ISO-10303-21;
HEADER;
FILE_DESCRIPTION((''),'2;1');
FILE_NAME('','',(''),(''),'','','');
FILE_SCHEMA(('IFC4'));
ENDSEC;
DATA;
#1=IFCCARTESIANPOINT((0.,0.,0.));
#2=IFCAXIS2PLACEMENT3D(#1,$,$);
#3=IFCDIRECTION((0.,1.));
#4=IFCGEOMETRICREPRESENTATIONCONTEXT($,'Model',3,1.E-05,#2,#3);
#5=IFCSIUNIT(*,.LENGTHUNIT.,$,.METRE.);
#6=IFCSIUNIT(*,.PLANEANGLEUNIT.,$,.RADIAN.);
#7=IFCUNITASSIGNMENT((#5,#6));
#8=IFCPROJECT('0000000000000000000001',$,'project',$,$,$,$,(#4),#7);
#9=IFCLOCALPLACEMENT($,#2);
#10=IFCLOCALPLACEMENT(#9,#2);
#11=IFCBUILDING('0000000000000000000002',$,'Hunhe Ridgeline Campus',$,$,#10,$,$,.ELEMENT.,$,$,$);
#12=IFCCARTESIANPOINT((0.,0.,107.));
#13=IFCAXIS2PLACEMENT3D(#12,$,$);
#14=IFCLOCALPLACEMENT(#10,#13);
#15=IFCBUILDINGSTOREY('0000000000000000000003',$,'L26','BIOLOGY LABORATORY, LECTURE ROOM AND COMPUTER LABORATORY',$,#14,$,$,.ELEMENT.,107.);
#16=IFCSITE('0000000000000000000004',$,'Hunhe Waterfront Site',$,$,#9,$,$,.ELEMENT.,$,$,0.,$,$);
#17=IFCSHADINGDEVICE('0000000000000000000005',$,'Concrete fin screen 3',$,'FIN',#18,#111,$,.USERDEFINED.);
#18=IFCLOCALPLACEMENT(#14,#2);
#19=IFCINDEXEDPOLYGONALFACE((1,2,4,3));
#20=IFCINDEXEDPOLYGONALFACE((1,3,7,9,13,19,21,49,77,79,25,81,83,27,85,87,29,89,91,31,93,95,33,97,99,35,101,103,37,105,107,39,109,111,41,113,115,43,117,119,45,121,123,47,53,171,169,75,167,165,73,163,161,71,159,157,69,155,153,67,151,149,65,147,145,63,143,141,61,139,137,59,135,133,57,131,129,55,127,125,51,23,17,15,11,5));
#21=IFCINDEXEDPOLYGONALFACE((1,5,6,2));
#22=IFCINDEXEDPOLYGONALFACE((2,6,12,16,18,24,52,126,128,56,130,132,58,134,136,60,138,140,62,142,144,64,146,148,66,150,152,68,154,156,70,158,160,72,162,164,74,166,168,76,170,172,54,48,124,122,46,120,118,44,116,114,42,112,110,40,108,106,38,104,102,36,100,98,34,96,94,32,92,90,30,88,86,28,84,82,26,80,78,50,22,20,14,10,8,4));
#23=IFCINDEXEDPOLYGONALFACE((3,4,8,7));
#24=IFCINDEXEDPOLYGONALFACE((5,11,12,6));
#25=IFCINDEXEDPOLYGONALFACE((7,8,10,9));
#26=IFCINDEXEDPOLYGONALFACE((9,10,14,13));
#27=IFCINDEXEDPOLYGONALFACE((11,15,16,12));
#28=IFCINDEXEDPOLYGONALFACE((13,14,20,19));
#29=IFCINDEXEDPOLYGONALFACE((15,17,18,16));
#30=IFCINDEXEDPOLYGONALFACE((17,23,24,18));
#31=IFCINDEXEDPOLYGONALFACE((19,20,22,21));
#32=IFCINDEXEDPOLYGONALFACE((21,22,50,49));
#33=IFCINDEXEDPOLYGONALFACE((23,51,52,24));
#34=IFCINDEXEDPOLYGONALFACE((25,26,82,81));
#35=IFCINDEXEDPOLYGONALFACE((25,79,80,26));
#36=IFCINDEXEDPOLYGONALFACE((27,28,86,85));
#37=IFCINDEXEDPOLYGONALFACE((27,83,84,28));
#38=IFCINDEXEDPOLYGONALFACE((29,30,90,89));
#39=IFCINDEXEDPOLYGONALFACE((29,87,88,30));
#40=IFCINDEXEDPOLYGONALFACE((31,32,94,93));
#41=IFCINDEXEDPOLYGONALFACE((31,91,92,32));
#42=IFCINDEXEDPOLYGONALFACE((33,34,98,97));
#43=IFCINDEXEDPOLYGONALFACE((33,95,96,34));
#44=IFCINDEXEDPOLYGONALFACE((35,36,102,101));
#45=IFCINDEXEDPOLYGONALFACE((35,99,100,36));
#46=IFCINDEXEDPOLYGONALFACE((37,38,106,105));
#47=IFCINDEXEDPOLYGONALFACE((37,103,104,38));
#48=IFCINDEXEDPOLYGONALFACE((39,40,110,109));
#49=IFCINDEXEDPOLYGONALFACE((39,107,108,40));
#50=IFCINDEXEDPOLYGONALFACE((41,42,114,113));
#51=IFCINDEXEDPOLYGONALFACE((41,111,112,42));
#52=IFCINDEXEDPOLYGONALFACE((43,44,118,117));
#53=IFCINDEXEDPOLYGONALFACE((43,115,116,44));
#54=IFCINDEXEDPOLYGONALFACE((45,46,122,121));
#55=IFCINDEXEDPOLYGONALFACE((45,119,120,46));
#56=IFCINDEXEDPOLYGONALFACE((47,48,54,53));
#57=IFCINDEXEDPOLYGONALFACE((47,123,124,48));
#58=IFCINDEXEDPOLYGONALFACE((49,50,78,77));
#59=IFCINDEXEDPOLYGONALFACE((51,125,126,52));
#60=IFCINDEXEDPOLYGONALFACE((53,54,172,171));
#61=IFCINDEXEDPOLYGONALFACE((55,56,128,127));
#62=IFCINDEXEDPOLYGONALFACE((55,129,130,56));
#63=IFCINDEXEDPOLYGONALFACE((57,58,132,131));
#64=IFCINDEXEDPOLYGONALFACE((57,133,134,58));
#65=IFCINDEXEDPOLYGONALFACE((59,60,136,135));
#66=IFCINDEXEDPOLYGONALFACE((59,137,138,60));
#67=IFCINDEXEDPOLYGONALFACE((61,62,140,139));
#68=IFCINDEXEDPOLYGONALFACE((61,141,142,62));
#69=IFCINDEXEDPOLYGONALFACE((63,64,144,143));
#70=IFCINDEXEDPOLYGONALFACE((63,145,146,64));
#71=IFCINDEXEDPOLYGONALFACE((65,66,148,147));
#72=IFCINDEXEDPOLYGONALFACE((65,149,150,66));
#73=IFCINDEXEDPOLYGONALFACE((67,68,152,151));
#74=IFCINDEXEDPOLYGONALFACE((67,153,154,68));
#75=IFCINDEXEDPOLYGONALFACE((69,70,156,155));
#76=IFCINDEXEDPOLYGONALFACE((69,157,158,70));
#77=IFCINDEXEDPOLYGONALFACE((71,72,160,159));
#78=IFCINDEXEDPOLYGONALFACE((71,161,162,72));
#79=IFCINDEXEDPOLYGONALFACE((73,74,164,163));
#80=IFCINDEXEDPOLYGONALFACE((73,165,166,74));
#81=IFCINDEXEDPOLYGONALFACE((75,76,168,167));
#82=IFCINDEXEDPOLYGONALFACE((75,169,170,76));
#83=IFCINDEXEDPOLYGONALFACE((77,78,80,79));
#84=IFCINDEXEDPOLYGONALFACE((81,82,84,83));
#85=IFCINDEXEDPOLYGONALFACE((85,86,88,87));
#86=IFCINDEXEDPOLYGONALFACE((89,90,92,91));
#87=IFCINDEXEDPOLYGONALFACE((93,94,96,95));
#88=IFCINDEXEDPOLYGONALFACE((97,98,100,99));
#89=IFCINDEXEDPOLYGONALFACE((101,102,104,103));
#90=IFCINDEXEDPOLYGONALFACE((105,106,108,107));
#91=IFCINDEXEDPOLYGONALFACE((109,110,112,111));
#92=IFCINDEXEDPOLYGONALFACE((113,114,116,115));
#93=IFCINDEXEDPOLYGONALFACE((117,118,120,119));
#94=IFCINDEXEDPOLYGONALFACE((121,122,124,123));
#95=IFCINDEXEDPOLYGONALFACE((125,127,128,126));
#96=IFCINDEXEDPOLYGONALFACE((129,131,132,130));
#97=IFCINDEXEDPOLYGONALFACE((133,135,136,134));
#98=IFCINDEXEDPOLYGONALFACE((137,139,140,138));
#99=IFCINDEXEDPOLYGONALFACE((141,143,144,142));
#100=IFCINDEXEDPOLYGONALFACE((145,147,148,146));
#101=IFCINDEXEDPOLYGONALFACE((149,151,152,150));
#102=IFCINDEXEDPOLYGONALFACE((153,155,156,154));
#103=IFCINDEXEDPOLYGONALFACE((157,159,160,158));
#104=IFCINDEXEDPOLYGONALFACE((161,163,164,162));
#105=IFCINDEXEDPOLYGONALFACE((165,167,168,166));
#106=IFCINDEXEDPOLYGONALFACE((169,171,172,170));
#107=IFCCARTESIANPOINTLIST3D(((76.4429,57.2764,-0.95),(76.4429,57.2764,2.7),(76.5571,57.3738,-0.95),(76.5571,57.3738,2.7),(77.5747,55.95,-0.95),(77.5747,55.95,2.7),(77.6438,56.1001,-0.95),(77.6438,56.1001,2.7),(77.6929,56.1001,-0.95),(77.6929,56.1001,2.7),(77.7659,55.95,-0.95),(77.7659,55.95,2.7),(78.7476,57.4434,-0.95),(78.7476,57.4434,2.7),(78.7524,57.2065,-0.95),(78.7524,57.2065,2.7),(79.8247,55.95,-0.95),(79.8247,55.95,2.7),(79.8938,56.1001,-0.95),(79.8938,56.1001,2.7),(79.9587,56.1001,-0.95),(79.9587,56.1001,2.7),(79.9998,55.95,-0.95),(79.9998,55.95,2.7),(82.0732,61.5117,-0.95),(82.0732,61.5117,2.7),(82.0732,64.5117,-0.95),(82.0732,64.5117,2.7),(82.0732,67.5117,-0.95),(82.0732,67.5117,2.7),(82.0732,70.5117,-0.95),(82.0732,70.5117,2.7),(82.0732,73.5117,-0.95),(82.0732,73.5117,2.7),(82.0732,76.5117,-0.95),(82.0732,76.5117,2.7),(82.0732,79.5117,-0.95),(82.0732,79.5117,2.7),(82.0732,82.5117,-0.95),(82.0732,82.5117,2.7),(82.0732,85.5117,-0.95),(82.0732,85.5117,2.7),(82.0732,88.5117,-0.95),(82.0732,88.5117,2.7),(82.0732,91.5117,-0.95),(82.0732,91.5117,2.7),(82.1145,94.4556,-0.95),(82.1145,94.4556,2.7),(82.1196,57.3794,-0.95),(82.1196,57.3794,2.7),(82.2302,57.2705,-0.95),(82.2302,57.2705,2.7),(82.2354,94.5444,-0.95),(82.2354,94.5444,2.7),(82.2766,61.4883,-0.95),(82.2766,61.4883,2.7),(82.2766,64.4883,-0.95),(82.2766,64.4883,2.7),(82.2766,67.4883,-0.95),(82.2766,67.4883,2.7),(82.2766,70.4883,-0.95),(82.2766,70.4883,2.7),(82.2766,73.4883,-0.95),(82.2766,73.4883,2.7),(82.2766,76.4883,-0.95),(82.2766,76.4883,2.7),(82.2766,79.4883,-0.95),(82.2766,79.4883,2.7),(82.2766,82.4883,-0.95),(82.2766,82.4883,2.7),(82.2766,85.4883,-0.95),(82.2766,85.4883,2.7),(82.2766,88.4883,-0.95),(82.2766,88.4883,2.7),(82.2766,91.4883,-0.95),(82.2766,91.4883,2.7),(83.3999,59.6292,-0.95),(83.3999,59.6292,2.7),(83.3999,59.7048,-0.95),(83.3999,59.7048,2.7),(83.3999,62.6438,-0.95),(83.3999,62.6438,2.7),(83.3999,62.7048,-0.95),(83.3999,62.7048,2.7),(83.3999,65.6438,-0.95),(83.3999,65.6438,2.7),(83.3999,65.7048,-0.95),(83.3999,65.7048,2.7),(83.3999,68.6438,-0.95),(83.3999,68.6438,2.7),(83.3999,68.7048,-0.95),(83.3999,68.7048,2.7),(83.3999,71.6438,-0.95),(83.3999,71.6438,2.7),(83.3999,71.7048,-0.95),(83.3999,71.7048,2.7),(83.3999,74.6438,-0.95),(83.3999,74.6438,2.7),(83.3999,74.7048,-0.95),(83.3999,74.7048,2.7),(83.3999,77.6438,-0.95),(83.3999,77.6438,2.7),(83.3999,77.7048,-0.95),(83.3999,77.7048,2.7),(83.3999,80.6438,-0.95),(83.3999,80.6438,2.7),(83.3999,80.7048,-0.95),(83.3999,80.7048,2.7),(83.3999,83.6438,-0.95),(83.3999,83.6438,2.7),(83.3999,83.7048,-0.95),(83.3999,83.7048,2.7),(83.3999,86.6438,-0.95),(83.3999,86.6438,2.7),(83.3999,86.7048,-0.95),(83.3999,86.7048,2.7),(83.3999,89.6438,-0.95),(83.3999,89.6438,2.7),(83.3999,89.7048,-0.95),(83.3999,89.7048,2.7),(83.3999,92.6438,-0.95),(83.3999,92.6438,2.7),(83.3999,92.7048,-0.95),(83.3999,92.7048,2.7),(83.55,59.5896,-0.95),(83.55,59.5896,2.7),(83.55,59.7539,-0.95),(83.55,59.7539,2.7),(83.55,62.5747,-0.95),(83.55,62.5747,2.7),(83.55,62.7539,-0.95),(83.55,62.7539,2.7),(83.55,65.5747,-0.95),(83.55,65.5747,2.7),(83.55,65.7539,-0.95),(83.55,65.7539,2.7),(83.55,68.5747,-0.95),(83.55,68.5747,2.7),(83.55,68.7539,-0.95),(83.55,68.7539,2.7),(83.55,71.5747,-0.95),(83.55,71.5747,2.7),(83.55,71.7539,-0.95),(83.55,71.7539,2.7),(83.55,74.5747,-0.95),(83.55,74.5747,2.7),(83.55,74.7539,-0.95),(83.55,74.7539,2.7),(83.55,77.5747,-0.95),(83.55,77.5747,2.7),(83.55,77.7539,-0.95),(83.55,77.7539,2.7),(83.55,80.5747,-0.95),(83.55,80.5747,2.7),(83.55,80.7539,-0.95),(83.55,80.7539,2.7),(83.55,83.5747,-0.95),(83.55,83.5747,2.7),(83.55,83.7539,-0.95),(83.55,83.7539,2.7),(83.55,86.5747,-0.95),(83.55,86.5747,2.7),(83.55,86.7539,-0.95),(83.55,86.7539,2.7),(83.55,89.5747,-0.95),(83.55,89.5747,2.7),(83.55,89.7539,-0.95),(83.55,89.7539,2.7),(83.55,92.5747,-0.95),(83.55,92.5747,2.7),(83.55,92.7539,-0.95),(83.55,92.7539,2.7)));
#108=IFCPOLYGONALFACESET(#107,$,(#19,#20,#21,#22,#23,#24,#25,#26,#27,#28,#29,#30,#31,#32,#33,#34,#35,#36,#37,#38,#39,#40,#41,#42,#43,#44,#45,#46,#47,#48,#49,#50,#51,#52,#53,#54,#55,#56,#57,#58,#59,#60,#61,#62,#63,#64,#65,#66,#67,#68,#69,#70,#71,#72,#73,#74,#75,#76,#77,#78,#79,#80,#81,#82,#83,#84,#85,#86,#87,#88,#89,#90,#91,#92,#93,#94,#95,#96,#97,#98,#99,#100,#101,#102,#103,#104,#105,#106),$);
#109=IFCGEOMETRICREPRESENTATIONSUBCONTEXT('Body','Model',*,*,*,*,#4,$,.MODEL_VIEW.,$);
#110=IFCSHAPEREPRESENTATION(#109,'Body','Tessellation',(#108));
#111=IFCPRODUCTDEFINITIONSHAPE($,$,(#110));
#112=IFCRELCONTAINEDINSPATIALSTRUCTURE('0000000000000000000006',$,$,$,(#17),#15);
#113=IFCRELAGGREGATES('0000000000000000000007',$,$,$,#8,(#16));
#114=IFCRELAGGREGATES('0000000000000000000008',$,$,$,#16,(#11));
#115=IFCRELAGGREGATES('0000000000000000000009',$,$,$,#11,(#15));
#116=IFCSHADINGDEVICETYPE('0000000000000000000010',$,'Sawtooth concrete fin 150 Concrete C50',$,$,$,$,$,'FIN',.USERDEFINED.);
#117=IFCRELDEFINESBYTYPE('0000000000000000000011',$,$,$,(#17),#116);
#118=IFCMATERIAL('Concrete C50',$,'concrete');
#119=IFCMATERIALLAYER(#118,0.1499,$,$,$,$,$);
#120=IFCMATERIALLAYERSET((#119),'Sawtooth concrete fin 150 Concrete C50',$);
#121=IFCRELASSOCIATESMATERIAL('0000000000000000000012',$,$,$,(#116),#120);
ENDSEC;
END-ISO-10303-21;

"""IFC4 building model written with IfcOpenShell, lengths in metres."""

from ifc_helpers import new_model, si_unit, direction, frame, origin, place, context, subcontext, project, spatial, polyline, outline, extrude, material, layer, layer_set, type_object, element, save


model = new_model("IFC4")

# Units and contexts
model_context = context("Model", 3, precision=1e-05, world=origin(), true_north=direction((0.0, 1.0)))
body_context = subcontext(model_context, "Body", "Model", "MODEL_VIEW")
ifc_project = project(units=[si_unit("LENGTHUNIT", "METRE"), si_unit("PLANEANGLEUNIT", "RADIAN")], contexts=[model_context])

# Site, building, storey
site_placement = place(None, origin())
site = spatial("IfcSite", under=ifc_project, at=site_placement, Name="Hunhe Waterfront Site", CompositionType="ELEMENT", RefElevation=0.0)
building_placement = place(site_placement, origin())
building = spatial("IfcBuilding", under=site, at=building_placement, Name="Hunhe Ridgeline Campus", CompositionType="ELEMENT")
storey_placement = place(building_placement, frame((0.0, 0.0, 107.0)))
storey = spatial("IfcBuildingStorey", under=building, at=storey_placement, Name="L26", Description="BIOLOGY LABORATORY, LECTURE ROOM AND COMPUTER LABORATORY", CompositionType="ELEMENT", Elevation=107.0)

# Shading device
ifc_material_1 = material(Name="Concrete C50", Category="concrete")
ifc_layer_1 = layer(ifc_material_1, 0.1499)
ifc_layer_set_1 = layer_set([ifc_layer_1], Name="Sawtooth concrete fin 150 Concrete C50")
shading_device_type = type_object("IfcShadingDeviceType", Name="Sawtooth concrete fin 150 Concrete C50", ElementType="FIN", PredefinedType="USERDEFINED", material=ifc_layer_set_1)
shading_device_1_placement = place(storey_placement, frame((0.0, 0.0, -0.95)))
element("IfcShadingDevice", 1, at=shading_device_1_placement, inside=storey, type_object=shading_device_type, Name="Concrete fin screen 3", ObjectType="FIN", PredefinedType="USERDEFINED", context=body_context, shape_type="SweptSolid", body=[
    extrude(outline(polyline([(76.5571, 57.3738), (76.4429, 57.2764), (77.5747, 55.95), (77.7659, 55.95), (78.7524, 57.2065), (79.8247, 55.95), (79.9998, 55.95), (82.2302, 57.2705), (83.55, 59.5896), (83.55, 59.7539), (82.2766, 61.4883), (83.55, 62.5747), (83.55, 62.7539), (82.2766, 64.4883), (83.55, 65.5747), (83.55, 65.7539), (82.2766, 67.4883), (83.55, 68.5747), (83.55, 68.7539), (82.2766, 70.4883), (83.55, 71.5747), (83.55, 71.7539), (82.2766, 73.4883), (83.55, 74.5747), (83.55, 74.7539), (82.2766, 76.4883), (83.55, 77.5747), (83.55, 77.7539), (82.2766, 79.4883), (83.55, 80.5747), (83.55, 80.7539), (82.2766, 82.4883), (83.55, 83.5747), (83.55, 83.7539), (82.2766, 85.4883), (83.55, 86.5747), (83.55, 86.7539), (82.2766, 88.4883), (83.55, 89.5747), (83.55, 89.7539), (82.2766, 91.4883), (83.55, 92.5747), (83.55, 92.7539), (82.2354, 94.5444), (82.1145, 94.4556), (83.3999, 92.7048), (83.3999, 92.6438), (82.0732, 91.5117), (83.3999, 89.7048), (83.3999, 89.6438), (82.0732, 88.5117), (83.3999, 86.7048), (83.3999, 86.6438), (82.0732, 85.5117), (83.3999, 83.7048), (83.3999, 83.6438), (82.0732, 82.5117), (83.3999, 80.7048), (83.3999, 80.6438), (82.0732, 79.5117), (83.3999, 77.7048), (83.3999, 77.6438), (82.0732, 76.5117), (83.3999, 74.7048), (83.3999, 74.6438), (82.0732, 73.5117), (83.3999, 71.7048), (83.3999, 71.6438), (82.0732, 70.5117), (83.3999, 68.7048), (83.3999, 68.6438), (82.0732, 67.5117), (83.3999, 65.7048), (83.3999, 65.6438), (82.0732, 64.5117), (83.3999, 62.7048), (83.3999, 62.6438), (82.0732, 61.5117), (83.3999, 59.7048), (83.3999, 59.6292), (82.1196, 57.3794), (79.9587, 56.1001), (79.8938, 56.1001), (78.7476, 57.4434), (77.6929, 56.1001), (77.6438, 56.1001), (76.5571, 57.3738)])), origin(), (0.0, 0.0, 1.0), 3.6499),
])

save(model, "model.ifc")
